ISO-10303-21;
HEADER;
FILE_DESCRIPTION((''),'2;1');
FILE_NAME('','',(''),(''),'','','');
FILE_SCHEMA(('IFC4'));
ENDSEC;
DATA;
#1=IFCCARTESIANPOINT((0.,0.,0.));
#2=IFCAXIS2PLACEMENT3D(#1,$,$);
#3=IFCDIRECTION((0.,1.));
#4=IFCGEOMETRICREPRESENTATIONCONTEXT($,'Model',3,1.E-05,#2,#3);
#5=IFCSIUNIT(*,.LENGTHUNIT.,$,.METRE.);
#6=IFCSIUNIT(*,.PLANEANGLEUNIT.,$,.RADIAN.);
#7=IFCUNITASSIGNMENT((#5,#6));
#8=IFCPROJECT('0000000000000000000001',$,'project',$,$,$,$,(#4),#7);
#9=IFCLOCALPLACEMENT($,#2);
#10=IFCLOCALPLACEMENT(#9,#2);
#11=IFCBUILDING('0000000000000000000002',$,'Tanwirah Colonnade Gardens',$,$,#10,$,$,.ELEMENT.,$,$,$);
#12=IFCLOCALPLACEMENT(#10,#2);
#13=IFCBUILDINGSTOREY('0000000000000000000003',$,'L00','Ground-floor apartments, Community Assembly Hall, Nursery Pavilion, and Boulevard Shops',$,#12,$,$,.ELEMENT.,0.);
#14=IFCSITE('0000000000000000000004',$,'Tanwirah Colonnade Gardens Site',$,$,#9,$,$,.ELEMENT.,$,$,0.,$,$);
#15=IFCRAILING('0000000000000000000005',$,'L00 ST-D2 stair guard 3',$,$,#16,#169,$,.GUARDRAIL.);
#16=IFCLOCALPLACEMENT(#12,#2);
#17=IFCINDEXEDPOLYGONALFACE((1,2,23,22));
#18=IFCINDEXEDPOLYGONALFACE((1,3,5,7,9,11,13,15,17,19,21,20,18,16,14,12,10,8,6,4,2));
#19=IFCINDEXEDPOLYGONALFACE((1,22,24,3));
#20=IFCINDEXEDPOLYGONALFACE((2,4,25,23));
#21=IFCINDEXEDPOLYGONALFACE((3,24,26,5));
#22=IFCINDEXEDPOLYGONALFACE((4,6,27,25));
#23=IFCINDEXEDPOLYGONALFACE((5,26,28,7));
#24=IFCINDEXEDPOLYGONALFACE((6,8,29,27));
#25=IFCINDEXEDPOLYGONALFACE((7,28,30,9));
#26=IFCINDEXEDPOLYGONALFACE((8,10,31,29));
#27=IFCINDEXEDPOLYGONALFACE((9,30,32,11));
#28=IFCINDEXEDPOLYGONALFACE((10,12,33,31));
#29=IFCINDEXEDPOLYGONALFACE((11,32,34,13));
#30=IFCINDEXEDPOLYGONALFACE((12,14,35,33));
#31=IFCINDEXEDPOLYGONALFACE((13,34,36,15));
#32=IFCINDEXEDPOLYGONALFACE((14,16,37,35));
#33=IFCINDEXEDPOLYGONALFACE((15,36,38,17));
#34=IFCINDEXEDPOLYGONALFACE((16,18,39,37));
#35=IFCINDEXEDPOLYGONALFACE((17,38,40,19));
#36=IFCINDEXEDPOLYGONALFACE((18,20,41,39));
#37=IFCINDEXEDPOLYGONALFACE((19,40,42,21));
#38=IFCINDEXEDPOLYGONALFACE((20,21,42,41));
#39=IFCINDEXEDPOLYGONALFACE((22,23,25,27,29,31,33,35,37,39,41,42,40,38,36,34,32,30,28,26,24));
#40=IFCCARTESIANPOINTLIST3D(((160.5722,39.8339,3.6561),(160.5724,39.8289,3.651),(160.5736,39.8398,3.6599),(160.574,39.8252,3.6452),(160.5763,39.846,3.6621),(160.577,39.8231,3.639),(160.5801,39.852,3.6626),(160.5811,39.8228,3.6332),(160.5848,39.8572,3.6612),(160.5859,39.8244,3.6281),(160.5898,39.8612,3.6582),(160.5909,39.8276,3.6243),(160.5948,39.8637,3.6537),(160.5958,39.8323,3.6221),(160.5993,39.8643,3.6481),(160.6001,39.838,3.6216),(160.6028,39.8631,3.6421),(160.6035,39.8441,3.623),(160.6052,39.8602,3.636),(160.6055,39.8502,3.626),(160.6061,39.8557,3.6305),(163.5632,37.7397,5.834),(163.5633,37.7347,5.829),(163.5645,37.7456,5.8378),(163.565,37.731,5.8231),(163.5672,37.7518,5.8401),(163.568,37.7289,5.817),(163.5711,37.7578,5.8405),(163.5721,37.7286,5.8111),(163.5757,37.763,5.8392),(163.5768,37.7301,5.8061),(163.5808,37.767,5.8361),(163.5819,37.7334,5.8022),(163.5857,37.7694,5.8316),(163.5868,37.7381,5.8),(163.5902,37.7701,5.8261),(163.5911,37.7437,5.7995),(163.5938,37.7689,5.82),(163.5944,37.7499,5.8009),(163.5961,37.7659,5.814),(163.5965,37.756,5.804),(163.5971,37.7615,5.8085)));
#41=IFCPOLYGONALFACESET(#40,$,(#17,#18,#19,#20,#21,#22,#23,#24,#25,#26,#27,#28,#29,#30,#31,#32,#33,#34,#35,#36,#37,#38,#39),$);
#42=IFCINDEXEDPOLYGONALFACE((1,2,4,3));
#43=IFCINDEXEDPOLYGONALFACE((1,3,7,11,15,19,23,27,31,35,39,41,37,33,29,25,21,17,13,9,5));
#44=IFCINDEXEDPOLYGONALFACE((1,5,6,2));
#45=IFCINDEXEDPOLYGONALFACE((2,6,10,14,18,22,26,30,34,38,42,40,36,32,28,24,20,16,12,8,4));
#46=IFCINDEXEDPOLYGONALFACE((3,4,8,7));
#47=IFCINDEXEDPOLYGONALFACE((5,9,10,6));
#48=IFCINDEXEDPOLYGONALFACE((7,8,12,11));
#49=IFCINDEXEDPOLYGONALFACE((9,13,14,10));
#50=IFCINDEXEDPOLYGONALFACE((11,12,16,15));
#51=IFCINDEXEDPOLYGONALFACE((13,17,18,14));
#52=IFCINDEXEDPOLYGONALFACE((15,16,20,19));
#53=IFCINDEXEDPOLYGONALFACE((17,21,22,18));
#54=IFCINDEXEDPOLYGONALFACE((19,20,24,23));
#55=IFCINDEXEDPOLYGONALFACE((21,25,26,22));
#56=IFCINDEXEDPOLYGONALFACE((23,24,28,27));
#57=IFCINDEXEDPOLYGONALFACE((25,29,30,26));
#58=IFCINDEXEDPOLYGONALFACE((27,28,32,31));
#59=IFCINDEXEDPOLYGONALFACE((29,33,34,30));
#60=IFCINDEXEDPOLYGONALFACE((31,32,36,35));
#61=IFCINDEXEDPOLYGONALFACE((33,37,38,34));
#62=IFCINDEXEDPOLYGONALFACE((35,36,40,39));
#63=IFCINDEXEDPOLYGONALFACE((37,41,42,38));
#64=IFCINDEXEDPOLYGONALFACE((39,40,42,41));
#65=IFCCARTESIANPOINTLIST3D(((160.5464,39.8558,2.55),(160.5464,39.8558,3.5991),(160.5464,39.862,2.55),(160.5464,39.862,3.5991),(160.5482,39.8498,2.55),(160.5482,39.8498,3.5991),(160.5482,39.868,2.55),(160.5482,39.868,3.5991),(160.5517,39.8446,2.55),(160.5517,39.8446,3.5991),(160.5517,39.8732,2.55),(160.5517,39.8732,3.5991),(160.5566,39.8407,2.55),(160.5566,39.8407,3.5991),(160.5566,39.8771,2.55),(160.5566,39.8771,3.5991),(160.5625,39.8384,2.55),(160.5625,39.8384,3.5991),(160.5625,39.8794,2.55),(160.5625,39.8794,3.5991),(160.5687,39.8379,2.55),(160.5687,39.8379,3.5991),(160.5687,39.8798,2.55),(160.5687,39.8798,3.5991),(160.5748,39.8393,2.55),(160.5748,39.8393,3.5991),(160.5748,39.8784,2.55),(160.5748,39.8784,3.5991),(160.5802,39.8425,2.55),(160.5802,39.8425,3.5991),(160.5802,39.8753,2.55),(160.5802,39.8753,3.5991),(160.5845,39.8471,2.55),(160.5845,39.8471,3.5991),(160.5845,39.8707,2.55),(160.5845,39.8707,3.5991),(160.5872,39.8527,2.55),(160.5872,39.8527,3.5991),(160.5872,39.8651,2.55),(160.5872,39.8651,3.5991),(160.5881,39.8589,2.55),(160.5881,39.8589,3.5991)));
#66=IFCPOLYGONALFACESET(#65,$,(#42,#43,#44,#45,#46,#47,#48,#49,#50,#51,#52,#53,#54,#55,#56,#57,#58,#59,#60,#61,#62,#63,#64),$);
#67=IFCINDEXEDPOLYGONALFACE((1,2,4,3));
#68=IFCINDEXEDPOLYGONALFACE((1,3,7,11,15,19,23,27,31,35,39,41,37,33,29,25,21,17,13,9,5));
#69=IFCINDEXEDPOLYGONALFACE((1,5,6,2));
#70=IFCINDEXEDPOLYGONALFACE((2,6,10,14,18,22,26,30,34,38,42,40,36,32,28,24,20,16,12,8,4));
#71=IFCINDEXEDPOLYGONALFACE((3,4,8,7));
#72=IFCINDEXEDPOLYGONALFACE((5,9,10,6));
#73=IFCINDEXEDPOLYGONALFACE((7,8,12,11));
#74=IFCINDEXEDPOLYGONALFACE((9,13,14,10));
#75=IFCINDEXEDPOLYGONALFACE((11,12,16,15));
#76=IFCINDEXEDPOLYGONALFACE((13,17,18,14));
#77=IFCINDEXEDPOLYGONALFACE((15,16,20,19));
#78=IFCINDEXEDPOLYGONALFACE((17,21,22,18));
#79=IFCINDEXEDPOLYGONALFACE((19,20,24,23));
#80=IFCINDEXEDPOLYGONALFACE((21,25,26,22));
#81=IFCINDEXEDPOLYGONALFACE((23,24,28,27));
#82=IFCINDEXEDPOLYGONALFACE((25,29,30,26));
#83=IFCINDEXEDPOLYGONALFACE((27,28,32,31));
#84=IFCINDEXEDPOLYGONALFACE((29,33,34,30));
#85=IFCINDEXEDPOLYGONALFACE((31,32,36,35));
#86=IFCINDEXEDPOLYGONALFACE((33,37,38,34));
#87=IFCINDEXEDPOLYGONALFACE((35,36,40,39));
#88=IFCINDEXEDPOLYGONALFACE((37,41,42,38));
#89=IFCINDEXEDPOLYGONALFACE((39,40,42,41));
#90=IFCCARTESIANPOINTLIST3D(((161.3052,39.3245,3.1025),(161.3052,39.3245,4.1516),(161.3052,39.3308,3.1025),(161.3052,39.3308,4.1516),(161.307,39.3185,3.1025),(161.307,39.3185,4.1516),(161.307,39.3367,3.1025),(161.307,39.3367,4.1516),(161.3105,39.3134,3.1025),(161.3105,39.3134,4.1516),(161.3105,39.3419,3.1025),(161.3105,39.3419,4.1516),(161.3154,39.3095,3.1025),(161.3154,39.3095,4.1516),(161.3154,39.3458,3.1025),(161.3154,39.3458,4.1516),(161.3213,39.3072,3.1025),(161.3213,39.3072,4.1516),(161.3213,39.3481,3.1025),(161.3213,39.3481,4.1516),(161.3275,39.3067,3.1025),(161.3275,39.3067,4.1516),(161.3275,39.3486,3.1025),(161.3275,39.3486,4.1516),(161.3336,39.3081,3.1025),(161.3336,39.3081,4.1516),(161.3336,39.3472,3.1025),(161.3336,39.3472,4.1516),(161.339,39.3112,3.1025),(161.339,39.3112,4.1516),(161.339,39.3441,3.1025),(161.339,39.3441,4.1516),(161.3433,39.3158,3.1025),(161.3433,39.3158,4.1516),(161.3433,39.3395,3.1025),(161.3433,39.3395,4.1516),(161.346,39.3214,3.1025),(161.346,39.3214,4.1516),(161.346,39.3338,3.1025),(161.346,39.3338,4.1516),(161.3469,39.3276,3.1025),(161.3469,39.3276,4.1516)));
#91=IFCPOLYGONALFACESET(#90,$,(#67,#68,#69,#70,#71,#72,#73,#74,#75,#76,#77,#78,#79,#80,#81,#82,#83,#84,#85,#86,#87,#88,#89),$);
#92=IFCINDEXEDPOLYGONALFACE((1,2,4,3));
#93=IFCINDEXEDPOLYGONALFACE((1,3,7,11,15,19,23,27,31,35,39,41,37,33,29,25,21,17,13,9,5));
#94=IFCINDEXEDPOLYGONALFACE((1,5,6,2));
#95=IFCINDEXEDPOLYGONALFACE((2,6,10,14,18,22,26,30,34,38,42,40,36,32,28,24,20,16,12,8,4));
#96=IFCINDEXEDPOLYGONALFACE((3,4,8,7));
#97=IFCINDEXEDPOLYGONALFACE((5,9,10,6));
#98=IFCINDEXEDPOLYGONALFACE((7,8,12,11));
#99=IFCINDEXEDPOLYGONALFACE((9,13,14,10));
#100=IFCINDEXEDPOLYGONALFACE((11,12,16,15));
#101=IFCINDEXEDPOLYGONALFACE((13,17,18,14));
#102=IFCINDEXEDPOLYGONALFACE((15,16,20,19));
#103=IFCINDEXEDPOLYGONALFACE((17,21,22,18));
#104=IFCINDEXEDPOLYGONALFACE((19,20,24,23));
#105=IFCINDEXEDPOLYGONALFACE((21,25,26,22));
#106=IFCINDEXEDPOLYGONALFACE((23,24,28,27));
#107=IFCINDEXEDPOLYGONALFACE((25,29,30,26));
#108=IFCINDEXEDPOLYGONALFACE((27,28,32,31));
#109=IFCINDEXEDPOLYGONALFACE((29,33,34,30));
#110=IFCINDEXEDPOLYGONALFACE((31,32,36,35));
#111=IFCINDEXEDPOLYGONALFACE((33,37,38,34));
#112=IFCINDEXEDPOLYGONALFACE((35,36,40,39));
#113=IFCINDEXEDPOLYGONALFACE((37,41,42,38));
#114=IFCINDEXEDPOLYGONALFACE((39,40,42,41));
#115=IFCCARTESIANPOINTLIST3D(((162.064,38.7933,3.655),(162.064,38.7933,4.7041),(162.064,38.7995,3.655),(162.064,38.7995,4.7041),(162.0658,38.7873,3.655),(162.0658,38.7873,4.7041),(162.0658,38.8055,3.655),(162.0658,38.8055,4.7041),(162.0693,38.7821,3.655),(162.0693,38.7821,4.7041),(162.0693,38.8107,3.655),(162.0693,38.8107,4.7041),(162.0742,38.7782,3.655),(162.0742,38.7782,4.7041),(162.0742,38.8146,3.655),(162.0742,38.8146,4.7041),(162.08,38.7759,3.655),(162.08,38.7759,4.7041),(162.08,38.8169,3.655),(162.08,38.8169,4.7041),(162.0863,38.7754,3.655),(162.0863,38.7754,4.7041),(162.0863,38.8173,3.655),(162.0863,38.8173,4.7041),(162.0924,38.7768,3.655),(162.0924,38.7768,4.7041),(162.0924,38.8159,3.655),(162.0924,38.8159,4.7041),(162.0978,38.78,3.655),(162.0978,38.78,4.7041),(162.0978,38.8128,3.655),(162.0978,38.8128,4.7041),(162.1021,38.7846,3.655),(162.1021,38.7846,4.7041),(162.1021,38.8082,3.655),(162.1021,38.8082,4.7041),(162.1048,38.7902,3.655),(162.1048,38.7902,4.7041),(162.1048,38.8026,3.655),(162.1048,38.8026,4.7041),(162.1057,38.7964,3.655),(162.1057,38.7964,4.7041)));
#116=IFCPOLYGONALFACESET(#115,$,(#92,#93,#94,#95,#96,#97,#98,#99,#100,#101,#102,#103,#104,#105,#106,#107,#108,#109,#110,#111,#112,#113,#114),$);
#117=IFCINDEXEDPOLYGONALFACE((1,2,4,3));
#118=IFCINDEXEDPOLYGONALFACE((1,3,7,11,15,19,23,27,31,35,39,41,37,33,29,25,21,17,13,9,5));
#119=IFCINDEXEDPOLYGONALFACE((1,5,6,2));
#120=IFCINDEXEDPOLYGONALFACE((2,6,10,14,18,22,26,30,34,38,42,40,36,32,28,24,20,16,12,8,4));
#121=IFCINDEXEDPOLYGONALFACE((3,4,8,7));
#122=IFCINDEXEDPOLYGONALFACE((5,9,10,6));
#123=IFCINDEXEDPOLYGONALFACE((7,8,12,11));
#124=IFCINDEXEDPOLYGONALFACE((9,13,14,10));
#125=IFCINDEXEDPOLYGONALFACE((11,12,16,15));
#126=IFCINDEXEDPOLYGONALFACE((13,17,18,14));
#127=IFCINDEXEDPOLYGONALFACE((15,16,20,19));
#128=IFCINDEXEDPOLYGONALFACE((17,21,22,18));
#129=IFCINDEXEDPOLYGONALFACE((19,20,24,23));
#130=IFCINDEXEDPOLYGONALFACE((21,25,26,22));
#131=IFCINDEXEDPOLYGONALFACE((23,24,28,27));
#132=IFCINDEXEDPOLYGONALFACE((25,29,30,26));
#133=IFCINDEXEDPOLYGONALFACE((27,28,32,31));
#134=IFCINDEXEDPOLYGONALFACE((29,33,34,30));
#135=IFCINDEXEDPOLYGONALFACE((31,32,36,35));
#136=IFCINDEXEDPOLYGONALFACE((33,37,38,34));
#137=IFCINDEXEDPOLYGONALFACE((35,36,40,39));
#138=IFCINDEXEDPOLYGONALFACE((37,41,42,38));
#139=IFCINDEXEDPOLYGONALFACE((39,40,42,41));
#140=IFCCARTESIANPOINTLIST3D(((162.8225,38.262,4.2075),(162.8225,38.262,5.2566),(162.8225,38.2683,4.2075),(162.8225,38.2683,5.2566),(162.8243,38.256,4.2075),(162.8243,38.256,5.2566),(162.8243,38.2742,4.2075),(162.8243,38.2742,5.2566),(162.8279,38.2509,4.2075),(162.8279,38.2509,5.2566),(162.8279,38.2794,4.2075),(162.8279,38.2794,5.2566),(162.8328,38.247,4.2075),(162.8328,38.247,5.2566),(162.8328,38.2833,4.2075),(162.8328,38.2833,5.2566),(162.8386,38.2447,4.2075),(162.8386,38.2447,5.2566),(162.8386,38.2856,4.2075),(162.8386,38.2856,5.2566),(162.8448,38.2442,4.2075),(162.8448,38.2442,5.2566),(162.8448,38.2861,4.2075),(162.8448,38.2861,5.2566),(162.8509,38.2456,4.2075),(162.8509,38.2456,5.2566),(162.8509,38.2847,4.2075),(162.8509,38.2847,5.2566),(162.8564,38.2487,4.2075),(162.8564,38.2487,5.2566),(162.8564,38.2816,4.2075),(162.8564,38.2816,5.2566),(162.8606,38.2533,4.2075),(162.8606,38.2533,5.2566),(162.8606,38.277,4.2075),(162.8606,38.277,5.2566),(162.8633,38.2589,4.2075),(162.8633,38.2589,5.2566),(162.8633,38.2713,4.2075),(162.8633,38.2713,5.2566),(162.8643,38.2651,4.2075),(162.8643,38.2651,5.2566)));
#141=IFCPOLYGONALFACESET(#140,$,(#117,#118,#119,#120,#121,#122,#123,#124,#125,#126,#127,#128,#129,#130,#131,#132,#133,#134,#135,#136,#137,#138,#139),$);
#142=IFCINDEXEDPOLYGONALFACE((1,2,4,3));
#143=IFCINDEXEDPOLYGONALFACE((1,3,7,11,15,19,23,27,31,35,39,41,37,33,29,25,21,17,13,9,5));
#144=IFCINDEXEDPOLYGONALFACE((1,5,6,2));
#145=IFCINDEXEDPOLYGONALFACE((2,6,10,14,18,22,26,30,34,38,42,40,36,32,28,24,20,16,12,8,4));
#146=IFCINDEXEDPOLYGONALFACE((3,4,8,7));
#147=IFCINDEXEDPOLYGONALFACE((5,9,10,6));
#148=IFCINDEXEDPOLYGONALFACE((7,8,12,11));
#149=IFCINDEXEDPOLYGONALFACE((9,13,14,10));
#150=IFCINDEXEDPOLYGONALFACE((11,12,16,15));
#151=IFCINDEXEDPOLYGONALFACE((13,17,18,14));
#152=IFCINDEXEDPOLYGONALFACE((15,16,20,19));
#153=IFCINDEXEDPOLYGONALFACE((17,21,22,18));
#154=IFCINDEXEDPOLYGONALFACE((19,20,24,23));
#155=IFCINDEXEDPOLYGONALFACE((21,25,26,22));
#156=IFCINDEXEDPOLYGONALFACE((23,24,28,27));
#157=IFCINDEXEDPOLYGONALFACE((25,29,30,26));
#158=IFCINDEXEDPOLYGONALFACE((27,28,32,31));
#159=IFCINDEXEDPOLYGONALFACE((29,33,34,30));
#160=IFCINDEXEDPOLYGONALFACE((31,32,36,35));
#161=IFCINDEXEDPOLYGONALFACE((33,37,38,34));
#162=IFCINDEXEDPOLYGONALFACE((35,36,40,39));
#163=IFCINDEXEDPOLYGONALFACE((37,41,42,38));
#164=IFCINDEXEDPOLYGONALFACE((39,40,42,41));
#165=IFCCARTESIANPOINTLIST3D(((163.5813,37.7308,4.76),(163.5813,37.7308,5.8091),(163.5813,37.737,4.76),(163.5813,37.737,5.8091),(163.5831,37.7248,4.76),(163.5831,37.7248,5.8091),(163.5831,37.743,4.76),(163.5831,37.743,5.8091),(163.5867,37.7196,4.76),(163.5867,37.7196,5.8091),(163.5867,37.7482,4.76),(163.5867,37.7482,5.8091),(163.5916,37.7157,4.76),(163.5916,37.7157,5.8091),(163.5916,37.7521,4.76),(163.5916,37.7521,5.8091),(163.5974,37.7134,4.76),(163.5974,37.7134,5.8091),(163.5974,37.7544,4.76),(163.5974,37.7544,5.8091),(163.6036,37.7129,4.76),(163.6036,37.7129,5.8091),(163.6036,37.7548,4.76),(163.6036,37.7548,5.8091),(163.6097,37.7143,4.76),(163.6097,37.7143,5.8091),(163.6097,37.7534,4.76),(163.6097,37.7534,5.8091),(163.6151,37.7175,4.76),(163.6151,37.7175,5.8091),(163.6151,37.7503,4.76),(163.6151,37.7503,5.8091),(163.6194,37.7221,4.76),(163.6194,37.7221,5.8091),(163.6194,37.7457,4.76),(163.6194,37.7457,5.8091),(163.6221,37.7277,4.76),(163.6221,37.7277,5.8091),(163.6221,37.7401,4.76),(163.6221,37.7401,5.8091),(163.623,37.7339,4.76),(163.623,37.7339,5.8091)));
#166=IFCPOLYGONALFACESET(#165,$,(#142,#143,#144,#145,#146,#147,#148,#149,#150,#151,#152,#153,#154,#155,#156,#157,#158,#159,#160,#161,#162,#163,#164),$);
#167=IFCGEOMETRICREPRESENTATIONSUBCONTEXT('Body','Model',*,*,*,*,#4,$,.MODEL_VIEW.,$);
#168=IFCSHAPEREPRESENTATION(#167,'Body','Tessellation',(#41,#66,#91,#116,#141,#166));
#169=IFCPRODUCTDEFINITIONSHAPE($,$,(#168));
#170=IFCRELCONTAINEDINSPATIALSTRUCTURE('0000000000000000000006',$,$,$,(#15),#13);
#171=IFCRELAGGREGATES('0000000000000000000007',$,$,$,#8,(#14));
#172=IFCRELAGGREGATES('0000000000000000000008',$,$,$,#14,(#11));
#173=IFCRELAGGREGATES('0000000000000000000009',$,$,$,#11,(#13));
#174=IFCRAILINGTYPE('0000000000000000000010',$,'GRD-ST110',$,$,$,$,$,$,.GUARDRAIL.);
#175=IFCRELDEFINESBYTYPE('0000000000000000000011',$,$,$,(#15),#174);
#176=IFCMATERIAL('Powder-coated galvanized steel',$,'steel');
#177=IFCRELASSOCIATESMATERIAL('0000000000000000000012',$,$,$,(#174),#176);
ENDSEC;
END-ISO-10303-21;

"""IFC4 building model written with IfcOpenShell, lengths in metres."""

from ifc_helpers import new_model, si_unit, direction, frame, origin, origin_2d, place, context, subcontext, project, spatial, circle, extrude, material, type_object, element, save


model = new_model("IFC4")

# Units and contexts
model_context = context("Model", 3, precision=1e-05, world=origin(), true_north=direction((0.0, 1.0)))
body_context = subcontext(model_context, "Body", "Model", "MODEL_VIEW")
ifc_project = project(units=[si_unit("LENGTHUNIT", "METRE"), si_unit("PLANEANGLEUNIT", "RADIAN")], contexts=[model_context])

# Site, building, storey
site_placement = place(None, origin())
site = spatial("IfcSite", under=ifc_project, at=site_placement, Name="Tanwirah Colonnade Gardens Site", CompositionType="ELEMENT", RefElevation=0.0)
building_placement = place(site_placement, origin())
building = spatial("IfcBuilding", under=site, at=building_placement, Name="Tanwirah Colonnade Gardens", CompositionType="ELEMENT")
storey_placement = place(building_placement, origin())
storey = spatial("IfcBuildingStorey", under=building, at=storey_placement, Name="L00", Description="Ground-floor apartments, Community Assembly Hall, Nursery Pavilion, and Boulevard Shops", CompositionType="ELEMENT", Elevation=0.0)

# Railing
ifc_material_1 = material(Name="Powder-coated galvanized steel", Category="steel")
railing_type_1 = type_object("IfcRailingType", Name="GRD-ST110", PredefinedType="GUARDRAIL", material=ifc_material_1)
railing_1_placement = place(storey_placement, frame((160.5671, 39.8589, 2.55)))
element("IfcRailing", 1, at=railing_1_placement, inside=storey, type_object=railing_type_1, Name="L00 ST-D2 stair guard 3", PredefinedType="GUARDRAIL", context=body_context, shape_type="SweptSolid", body=[
    extrude(circle(Radius=0.0239, at=origin_2d()), frame((0.022, -0.0154, 1.092), z_axis=(0.70351, -0.492587, 0.512281), x_axis=(0.573564, 0.819161, 0.0)), (0.0, 0.0, 1.0), 4.2515),
    extrude(circle(Radius=0.021, at=origin_2d()), origin(), (0.0, 0.0, 1.0), 1.0491),
    extrude(circle(Radius=0.021, at=origin_2d()), frame((0.7588, -0.5312, 0.5525)), (0.0, 0.0, 1.0), 1.0491),
    extrude(circle(Radius=0.021, at=origin_2d()), frame((1.5176, -1.0625, 1.105)), (0.0, 0.0, 1.0), 1.0491),
    extrude(circle(Radius=0.021, at=origin_2d()), frame((2.2761, -1.5938, 1.6575)), (0.0, 0.0, 1.0), 1.0491),
    extrude(circle(Radius=0.021, at=origin_2d()), frame((3.0349, -2.125, 2.21)), (0.0, 0.0, 1.0), 1.0491),
])

save(model, "model.ifc")
